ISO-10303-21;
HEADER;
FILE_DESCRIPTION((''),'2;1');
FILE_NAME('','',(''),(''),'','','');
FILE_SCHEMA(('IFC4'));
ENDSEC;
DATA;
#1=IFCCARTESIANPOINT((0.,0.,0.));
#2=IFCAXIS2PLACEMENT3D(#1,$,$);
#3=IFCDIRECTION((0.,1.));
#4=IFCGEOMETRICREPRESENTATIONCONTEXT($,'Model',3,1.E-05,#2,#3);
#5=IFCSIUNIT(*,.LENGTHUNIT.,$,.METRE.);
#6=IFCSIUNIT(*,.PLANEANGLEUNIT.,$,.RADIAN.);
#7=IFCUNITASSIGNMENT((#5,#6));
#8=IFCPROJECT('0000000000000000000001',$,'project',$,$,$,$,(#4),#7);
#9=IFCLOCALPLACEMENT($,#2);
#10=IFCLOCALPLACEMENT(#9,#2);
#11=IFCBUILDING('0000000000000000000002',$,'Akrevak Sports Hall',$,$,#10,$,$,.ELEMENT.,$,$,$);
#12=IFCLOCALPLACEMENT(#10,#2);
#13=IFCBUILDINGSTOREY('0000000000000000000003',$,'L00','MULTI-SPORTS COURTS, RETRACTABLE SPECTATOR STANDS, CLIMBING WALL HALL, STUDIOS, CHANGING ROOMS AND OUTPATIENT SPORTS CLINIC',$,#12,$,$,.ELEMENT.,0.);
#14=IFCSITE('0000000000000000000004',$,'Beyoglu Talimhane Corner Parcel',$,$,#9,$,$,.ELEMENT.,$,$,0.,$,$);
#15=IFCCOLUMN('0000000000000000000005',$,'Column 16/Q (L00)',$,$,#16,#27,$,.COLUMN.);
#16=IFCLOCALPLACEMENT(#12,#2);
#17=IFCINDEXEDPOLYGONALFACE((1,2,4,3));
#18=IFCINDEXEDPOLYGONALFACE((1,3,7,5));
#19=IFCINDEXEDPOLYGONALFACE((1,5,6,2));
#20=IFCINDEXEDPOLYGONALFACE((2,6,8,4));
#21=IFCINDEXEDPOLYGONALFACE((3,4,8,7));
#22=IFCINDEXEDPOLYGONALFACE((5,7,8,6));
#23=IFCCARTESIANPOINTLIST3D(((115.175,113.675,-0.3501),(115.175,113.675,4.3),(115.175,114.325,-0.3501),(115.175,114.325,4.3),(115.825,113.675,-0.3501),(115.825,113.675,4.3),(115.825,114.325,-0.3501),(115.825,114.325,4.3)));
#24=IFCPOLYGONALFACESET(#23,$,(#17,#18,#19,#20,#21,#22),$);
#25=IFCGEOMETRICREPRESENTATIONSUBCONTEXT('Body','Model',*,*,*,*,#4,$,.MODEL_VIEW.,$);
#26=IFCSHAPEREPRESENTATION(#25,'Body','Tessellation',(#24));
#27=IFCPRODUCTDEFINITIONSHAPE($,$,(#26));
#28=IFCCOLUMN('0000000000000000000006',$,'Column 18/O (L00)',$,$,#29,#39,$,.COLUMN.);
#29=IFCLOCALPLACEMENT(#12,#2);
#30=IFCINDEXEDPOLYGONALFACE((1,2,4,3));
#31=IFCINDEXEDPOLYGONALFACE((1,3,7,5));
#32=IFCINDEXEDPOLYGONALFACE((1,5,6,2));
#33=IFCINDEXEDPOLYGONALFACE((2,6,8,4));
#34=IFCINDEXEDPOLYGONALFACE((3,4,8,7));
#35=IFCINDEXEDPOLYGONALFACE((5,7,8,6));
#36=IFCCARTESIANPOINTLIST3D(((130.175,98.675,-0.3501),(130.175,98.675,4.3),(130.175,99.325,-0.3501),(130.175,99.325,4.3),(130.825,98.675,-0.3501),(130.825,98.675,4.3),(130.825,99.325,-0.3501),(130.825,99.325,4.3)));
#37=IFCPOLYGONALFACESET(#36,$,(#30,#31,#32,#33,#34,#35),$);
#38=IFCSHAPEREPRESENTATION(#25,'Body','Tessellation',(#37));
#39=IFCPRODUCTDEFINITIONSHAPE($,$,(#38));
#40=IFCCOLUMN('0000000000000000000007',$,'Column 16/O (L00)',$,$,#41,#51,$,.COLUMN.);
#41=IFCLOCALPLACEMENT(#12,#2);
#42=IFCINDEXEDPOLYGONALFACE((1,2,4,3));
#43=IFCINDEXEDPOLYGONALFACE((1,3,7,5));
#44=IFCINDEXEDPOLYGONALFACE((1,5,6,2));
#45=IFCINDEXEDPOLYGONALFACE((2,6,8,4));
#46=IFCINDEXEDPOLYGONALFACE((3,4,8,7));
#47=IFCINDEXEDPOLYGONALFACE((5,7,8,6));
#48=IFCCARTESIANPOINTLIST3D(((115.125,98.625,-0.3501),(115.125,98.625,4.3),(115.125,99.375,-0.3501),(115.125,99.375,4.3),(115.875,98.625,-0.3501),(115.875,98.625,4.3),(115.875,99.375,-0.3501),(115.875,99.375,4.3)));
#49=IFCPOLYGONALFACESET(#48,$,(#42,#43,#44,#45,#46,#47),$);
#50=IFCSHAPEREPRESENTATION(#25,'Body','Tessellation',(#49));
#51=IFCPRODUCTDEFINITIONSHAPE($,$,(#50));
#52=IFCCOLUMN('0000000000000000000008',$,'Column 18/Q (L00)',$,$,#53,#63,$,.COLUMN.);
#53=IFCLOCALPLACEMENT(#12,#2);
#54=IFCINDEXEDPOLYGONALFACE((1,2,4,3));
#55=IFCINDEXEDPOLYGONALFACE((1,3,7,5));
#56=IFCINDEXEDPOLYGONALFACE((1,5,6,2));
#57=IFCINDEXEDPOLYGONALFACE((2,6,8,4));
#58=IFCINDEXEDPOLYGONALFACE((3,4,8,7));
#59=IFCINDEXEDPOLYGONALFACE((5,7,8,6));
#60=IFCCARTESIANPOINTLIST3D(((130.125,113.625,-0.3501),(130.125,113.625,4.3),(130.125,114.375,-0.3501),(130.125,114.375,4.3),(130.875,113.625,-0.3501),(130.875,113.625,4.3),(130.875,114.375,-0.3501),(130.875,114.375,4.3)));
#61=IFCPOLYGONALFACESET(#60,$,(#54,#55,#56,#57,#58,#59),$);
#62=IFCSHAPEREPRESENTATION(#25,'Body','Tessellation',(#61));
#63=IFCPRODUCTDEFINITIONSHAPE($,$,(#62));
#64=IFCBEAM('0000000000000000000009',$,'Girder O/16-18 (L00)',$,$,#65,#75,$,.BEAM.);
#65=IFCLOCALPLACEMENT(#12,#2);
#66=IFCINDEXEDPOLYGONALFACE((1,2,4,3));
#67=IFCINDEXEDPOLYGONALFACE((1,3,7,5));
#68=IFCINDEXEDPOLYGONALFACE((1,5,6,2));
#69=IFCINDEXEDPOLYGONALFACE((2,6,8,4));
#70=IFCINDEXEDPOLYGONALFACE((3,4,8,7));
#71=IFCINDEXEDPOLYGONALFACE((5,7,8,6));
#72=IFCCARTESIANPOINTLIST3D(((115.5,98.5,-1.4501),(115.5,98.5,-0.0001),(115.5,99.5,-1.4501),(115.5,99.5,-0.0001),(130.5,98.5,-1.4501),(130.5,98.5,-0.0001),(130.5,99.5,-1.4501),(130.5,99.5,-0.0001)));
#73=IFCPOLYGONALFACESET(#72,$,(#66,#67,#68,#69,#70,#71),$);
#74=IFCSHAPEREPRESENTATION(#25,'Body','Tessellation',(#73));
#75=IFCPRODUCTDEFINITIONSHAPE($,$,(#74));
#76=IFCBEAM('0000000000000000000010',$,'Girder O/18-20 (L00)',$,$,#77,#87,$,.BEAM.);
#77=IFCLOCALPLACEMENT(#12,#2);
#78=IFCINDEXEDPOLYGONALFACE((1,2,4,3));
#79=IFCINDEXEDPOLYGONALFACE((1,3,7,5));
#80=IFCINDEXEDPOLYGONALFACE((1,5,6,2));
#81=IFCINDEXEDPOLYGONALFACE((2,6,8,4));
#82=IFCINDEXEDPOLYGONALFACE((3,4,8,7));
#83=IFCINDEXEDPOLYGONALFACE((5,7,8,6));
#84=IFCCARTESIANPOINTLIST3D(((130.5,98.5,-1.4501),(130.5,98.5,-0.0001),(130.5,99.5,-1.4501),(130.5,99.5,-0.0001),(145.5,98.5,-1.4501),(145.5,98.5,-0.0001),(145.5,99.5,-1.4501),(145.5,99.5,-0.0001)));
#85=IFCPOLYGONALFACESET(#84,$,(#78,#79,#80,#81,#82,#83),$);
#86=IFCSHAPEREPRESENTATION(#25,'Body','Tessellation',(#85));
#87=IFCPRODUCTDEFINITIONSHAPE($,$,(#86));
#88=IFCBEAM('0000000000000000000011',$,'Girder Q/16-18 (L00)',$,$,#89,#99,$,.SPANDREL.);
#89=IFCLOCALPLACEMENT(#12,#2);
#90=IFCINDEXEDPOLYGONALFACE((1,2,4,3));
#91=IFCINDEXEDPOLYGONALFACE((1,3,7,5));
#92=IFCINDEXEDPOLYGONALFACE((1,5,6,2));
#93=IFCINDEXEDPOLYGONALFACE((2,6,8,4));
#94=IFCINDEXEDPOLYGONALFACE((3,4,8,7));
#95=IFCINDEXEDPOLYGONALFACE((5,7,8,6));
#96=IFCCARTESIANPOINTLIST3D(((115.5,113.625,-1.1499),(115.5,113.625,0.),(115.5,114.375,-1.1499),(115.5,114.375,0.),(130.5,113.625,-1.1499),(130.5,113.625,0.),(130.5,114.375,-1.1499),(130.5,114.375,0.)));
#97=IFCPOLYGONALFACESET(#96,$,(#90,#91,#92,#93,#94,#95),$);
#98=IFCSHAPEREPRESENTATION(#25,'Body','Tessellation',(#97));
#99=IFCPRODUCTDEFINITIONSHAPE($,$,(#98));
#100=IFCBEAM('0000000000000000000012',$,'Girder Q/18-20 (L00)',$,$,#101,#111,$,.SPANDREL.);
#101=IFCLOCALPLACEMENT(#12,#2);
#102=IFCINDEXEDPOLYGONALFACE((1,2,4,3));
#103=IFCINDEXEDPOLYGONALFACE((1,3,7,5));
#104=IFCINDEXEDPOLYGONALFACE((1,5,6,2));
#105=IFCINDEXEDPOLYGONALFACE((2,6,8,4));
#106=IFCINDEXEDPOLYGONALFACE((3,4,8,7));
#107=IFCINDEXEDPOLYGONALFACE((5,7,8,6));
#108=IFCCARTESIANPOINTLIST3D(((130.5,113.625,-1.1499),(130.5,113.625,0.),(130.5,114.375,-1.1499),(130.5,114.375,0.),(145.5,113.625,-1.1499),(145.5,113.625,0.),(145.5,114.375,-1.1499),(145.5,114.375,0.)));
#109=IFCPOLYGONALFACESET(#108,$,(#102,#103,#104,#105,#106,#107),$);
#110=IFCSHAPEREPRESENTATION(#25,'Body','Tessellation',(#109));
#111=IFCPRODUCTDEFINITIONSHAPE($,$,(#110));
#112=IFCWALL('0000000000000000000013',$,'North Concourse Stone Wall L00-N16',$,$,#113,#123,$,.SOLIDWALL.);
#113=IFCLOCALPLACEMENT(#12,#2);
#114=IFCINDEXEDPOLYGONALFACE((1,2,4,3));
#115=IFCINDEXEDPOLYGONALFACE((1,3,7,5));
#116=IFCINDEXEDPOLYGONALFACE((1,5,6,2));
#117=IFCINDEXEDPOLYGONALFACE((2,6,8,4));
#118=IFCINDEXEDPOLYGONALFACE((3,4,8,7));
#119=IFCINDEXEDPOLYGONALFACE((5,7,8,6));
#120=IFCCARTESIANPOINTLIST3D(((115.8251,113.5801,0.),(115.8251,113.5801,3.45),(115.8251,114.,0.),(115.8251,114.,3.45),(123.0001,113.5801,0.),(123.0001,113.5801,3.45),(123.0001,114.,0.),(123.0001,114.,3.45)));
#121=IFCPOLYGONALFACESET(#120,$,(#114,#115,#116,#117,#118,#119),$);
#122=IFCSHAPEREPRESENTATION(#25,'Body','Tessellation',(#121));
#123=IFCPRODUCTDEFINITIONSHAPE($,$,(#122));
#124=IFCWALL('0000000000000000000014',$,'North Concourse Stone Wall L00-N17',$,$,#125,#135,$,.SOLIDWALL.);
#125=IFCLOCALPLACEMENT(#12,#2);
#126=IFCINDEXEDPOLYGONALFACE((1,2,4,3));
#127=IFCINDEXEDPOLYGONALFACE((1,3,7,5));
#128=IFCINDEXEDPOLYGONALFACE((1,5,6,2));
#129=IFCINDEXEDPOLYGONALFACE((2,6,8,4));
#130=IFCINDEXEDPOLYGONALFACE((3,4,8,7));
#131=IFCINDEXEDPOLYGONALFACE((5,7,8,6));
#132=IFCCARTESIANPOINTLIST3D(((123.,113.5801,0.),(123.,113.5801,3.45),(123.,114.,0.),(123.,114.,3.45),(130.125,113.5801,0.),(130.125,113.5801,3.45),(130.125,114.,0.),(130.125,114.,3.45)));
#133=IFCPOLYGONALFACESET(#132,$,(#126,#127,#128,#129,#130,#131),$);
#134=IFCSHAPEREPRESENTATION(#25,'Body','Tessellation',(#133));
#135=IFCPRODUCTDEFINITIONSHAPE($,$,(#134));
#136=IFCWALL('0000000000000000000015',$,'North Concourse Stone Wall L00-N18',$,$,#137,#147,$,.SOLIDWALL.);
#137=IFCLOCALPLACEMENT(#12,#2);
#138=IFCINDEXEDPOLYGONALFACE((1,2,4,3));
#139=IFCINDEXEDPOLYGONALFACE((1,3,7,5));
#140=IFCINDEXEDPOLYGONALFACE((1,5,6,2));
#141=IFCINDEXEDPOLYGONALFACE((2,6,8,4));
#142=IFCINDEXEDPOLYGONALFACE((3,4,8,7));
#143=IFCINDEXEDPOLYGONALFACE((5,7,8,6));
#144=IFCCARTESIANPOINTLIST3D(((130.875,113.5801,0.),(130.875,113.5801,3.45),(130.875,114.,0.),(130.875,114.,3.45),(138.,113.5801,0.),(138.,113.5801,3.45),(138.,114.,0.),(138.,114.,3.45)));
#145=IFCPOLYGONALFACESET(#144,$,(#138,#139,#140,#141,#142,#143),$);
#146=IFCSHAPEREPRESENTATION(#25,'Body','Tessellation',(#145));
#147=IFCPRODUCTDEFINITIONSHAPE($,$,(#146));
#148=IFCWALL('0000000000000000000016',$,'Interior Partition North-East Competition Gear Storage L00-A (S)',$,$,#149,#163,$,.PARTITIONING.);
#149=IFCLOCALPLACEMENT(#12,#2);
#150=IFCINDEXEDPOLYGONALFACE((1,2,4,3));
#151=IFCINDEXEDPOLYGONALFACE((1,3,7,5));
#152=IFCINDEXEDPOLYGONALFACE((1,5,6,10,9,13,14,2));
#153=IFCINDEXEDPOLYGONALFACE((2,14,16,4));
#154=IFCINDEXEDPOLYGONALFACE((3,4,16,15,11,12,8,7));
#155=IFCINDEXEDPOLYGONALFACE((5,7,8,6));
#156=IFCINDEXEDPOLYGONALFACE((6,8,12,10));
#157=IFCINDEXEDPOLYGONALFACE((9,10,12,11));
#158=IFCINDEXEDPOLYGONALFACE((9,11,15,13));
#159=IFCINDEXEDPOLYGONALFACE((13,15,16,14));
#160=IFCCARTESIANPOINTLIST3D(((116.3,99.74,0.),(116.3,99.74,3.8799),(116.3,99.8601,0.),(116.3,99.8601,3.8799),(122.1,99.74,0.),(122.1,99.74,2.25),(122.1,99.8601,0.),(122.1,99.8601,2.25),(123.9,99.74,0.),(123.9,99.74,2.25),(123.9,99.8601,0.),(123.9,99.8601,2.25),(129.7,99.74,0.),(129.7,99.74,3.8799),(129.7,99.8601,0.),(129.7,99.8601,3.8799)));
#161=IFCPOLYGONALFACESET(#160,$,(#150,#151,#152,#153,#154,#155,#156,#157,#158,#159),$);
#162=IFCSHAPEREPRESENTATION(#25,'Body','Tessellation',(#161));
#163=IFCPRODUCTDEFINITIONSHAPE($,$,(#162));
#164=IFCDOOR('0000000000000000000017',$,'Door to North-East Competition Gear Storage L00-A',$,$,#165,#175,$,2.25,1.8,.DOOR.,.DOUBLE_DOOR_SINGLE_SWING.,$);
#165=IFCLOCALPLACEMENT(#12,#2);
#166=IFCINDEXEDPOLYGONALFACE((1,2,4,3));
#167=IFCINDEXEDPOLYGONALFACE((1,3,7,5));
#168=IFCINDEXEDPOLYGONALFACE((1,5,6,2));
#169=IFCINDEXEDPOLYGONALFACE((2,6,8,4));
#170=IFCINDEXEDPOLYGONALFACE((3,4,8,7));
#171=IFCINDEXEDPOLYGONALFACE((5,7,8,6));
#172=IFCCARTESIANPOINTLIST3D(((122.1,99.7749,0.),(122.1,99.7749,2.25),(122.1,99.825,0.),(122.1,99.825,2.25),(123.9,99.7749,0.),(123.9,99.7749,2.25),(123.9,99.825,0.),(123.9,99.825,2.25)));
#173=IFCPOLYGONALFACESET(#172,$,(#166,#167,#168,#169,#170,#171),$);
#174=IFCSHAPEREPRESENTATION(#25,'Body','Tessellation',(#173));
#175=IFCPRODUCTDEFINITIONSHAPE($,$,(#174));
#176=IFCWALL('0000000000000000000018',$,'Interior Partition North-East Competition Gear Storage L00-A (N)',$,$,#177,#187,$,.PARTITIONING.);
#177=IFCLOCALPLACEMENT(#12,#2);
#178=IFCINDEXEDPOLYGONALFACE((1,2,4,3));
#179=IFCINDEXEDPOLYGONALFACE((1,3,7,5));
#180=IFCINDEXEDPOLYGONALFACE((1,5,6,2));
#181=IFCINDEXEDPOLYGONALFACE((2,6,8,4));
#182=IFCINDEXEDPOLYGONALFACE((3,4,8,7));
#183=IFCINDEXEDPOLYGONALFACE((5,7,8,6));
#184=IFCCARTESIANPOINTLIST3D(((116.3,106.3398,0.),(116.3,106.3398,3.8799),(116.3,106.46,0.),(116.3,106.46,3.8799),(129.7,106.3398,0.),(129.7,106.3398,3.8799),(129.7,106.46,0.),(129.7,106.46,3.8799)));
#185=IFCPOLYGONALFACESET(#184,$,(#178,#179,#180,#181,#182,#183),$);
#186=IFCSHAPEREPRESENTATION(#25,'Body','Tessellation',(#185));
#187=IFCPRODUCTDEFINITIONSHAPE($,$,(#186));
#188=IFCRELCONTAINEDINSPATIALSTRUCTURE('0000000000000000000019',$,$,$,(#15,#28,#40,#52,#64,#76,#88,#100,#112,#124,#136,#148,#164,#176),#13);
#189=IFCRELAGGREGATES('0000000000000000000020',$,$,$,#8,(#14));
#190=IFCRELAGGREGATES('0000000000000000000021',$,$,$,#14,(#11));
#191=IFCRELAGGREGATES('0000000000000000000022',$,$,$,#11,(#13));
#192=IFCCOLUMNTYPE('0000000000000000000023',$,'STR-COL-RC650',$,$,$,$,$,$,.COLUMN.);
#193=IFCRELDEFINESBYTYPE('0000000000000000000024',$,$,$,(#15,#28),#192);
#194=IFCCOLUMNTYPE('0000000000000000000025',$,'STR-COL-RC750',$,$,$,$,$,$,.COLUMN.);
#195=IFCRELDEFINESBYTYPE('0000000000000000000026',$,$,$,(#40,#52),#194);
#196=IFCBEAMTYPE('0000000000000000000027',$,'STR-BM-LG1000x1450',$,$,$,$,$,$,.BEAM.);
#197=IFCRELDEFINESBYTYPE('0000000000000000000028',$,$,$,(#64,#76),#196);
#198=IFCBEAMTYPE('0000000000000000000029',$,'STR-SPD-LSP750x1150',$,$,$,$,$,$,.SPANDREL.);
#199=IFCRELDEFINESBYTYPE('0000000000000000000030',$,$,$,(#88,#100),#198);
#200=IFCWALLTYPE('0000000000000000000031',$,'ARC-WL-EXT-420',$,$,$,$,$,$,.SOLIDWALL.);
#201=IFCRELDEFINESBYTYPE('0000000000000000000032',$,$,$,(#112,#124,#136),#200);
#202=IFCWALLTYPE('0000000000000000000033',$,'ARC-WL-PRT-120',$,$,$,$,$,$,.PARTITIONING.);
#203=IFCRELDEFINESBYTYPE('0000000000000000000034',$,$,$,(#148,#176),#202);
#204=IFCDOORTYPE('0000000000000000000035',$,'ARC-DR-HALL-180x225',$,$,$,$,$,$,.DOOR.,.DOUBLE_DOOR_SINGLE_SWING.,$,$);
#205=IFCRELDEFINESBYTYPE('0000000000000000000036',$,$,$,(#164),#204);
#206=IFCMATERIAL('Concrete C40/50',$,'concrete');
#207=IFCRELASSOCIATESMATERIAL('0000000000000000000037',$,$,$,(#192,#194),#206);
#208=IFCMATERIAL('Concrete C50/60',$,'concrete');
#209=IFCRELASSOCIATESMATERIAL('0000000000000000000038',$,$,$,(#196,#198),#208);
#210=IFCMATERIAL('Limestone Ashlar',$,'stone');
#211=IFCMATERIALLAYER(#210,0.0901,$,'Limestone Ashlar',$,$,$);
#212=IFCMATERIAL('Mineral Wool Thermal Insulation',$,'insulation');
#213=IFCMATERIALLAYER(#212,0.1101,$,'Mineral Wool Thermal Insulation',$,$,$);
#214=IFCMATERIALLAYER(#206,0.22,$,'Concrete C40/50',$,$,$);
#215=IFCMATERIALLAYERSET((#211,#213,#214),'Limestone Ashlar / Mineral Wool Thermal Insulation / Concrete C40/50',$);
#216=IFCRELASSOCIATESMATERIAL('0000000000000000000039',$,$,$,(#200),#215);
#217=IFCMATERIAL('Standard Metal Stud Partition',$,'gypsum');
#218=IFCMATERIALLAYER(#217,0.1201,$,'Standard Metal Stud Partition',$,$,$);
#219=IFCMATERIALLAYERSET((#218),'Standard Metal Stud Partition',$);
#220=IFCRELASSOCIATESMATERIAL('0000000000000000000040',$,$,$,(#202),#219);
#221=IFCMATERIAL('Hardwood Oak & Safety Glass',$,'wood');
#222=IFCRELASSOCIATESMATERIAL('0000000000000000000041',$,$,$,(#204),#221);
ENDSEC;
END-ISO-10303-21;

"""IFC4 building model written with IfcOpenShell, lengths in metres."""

from ifc_helpers import new_model, si_unit, direction, frame, frame_2d, origin, origin_2d, place, context, subcontext, project, spatial, rectangle, extrude, material, layer, layer_set, material_profile, profile_set, type_object, element, fill, save


model = new_model("IFC4")

# Units and contexts
model_context = context("Model", 3, precision=1e-05, world=origin(), true_north=direction((0.0, 1.0)))
body_context = subcontext(model_context, "Body", "Model", "MODEL_VIEW")
ifc_project = project(units=[si_unit("LENGTHUNIT", "METRE"), si_unit("PLANEANGLEUNIT", "RADIAN")], contexts=[model_context])

# Site, building, storey
site_placement = place(None, origin())
site = spatial("IfcSite", under=ifc_project, at=site_placement, Name="Beyoglu Talimhane Corner Parcel", CompositionType="ELEMENT", RefElevation=0.0)
building_placement = place(site_placement, origin())
building = spatial("IfcBuilding", under=site, at=building_placement, Name="Akrevak Sports Hall", CompositionType="ELEMENT")
storey_placement = place(building_placement, origin())
storey = spatial("IfcBuildingStorey", under=building, at=storey_placement, Name="L00", Description="MULTI-SPORTS COURTS, RETRACTABLE SPECTATOR STANDS, CLIMBING WALL HALL, STUDIOS, CHANGING ROOMS AND OUTPATIENT SPORTS CLINIC", CompositionType="ELEMENT", Elevation=0.0)

# Columns
ifc_material_1 = material(Name="Concrete C40/50", Category="concrete")
ifc_material_profile_1 = material_profile(ifc_material_1, rectangle(XDim=0.6499, YDim=0.6499, at=origin_2d()), Name="RC 650x650", Category="concrete")
ifc_profile_set_1 = profile_set([ifc_material_profile_1], Name="Concrete C40/50")
column_type_1 = type_object("IfcColumnType", Name="STR-COL-RC650", PredefinedType="COLUMN", material=ifc_profile_set_1)
for number, where, z_axis, x_axis, name in (
    (1, (115.5, 114.0, -0.3501), (0.0, 0.0, 1.0), (1.0, 0.0, 0.0), "Column 16/Q (L00)"),
    (2, (130.5, 99.0, -0.3501), (0.0, 0.0, 1.0), (1.0, 0.0, 0.0), "Column 18/O (L00)"),
):
    element("IfcColumn", number, at=place(storey_placement, frame(where, z_axis=z_axis, x_axis=x_axis)), inside=storey, type_object=column_type_1, Name=name, PredefinedType="COLUMN", context=body_context, shape_type="SweptSolid", body=[
        extrude(rectangle(XDim=0.6499, YDim=0.6499, at=origin_2d()), origin(), (0.0, 0.0, 1.0), 4.6501),
    ])
ifc_material_profile_2 = material_profile(ifc_material_1, rectangle(XDim=0.75, YDim=0.75, at=origin_2d()), Name="RC 750x750", Category="concrete")
ifc_profile_set_2 = profile_set([ifc_material_profile_2], Name="Concrete C40/50")
column_type_2 = type_object("IfcColumnType", Name="STR-COL-RC750", PredefinedType="COLUMN", material=ifc_profile_set_2)
for number, where, z_axis, x_axis, name in (
    (3, (115.5, 99.0, -0.3501), (0.0, 0.0, 1.0), (1.0, 0.0, 0.0), "Column 16/O (L00)"),
    (4, (130.5, 114.0, -0.3501), (0.0, 0.0, 1.0), (1.0, 0.0, 0.0), "Column 18/Q (L00)"),
):
    element("IfcColumn", number, at=place(storey_placement, frame(where, z_axis=z_axis, x_axis=x_axis)), inside=storey, type_object=column_type_2, Name=name, PredefinedType="COLUMN", context=body_context, shape_type="SweptSolid", body=[
        extrude(rectangle(XDim=0.75, YDim=0.75, at=origin_2d()), origin(), (0.0, 0.0, 1.0), 4.6501),
    ])

# Beams
ifc_material_2 = material(Name="Concrete C50/60", Category="concrete")
ifc_material_profile_3 = material_profile(ifc_material_2, rectangle(XDim=1.0, YDim=1.45, at=origin_2d()), Name="BM 1000x1450", Category="concrete")
ifc_profile_set_3 = profile_set([ifc_material_profile_3], Name="Concrete C50/60")
beam_type_1 = type_object("IfcBeamType", Name="STR-BM-LG1000x1450", PredefinedType="BEAM", material=ifc_profile_set_3)
for number, where, z_axis, x_axis, name in (
    (5, (115.5, 99.0, -0.7251), (1.0, 0.0, 0.0), (0.0, 1.0, 0.0), "Girder O/16-18 (L00)"),
    (6, (130.5, 99.0, -0.7251), (1.0, 0.0, 0.0), (0.0, 1.0, 0.0), "Girder O/18-20 (L00)"),
):
    element("IfcBeam", number, at=place(storey_placement, frame(where, z_axis=z_axis, x_axis=x_axis)), inside=storey, type_object=beam_type_1, Name=name, PredefinedType="BEAM", context=body_context, shape_type="SweptSolid", body=[
        extrude(rectangle(XDim=1.0, YDim=1.45, at=origin_2d()), origin(), (0.0, 0.0, 1.0), 15.0),
    ])
ifc_material_profile_4 = material_profile(ifc_material_2, rectangle(XDim=0.75, YDim=1.1499, at=origin_2d()), Name="SPD 750x1150", Category="concrete")
ifc_profile_set_4 = profile_set([ifc_material_profile_4], Name="Concrete C50/60")
beam_type_2 = type_object("IfcBeamType", Name="STR-SPD-LSP750x1150", PredefinedType="SPANDREL", material=ifc_profile_set_4)
for number, where, z_axis, x_axis, name in (
    (7, (115.5, 114.0, -0.575), (1.0, 0.0, 0.0), (0.0, 1.0, 0.0), "Girder Q/16-18 (L00)"),
    (8, (130.5, 114.0, -0.575), (1.0, 0.0, 0.0), (0.0, 1.0, 0.0), "Girder Q/18-20 (L00)"),
):
    element("IfcBeam", number, at=place(storey_placement, frame(where, z_axis=z_axis, x_axis=x_axis)), inside=storey, type_object=beam_type_2, Name=name, PredefinedType="SPANDREL", context=body_context, shape_type="SweptSolid", body=[
        extrude(rectangle(XDim=0.75, YDim=1.1499, at=origin_2d()), origin(), (0.0, 0.0, 1.0), 15.0),
    ])

# Walls
ifc_material_3 = material(Name="Limestone Ashlar", Category="stone")
ifc_layer_1 = layer(ifc_material_3, 0.0901, Name="Limestone Ashlar")
ifc_material_4 = material(Name="Mineral Wool Thermal Insulation", Category="insulation")
ifc_layer_2 = layer(ifc_material_4, 0.1101, Name="Mineral Wool Thermal Insulation")
ifc_layer_3 = layer(ifc_material_1, 0.22, Name="Concrete C40/50")
ifc_layer_set_1 = layer_set([ifc_layer_1, ifc_layer_2, ifc_layer_3], Name="Limestone Ashlar / Mineral Wool Thermal Insulation / Concrete C40/50")
wall_type_1 = type_object("IfcWallType", Name="ARC-WL-EXT-420", PredefinedType="SOLIDWALL", material=ifc_layer_set_1)
wall_1_placement = place(storey_placement, frame((123.0, 113.79, 0.0), z_axis=(0.0, 0.0, 1.0), x_axis=(-1.0, 0.0, 0.0)))
element("IfcWall", 9, at=wall_1_placement, inside=storey, type_object=wall_type_1, Name="North Concourse Stone Wall L00-N16", PredefinedType="SOLIDWALL", context=body_context, shape_type="SweptSolid", body=[
    extrude(rectangle(XDim=7.175, YDim=0.4199, at=frame_2d((3.5874, 0.0))), origin(), (0.0, 0.0, 1.0), 3.45),
])
for number, where, z_axis, x_axis, name in (
    (10, (130.125, 113.79, 0.0), (0.0, 0.0, 1.0), (-1.0, 0.0, 0.0), "North Concourse Stone Wall L00-N17"),
    (11, (138.0, 113.79, 0.0), (0.0, 0.0, 1.0), (-1.0, 0.0, 0.0), "North Concourse Stone Wall L00-N18"),
):
    element("IfcWall", number, at=place(storey_placement, frame(where, z_axis=z_axis, x_axis=x_axis)), inside=storey, type_object=wall_type_1, Name=name, PredefinedType="SOLIDWALL", context=body_context, shape_type="SweptSolid", body=[
        extrude(rectangle(XDim=7.125, YDim=0.4199, at=frame_2d((3.5625, 0.0))), origin(), (0.0, 0.0, 1.0), 3.45),
    ])

# Wall, opening, door
ifc_material_5 = material(Name="Standard Metal Stud Partition", Category="gypsum")
ifc_layer_4 = layer(ifc_material_5, 0.1201, Name="Standard Metal Stud Partition")
ifc_layer_set_2 = layer_set([ifc_layer_4], Name="Standard Metal Stud Partition")
wall_type_2 = type_object("IfcWallType", Name="ARC-WL-PRT-120", PredefinedType="PARTITIONING", material=ifc_layer_set_2)
wall_2_placement = place(storey_placement, frame((116.3, 99.8, 0.0), z_axis=(0.0, 0.0, 1.0), x_axis=(1.0, 0.0, 0.0)))
wall_2 = element("IfcWall", 12, at=wall_2_placement, inside=storey, type_object=wall_type_2, Name="Interior Partition North-East Competition Gear Storage L00-A (S)", PredefinedType="PARTITIONING", context=body_context, shape_type="SweptSolid", body=[
    extrude(rectangle(XDim=13.3999, YDim=0.1201, at=frame_2d((6.7, 0.0))), origin(), (0.0, 0.0, 1.0), 3.8799),
])
opening_1_placement = place(wall_2_placement, frame((5.8, 0.0, 0.0)))
opening_1 = element("IfcOpeningElement", 13, at=opening_1_placement, cuts=wall_2, PredefinedType="OPENING", context=body_context, shape_type="SweptSolid", body=[
    extrude(rectangle(XDim=1.8, YDim=2.25, at=frame_2d((0.8999, 1.125))), frame((0.0, 0.072, 0.0), z_axis=(0.0, -1.0, 0.0), x_axis=(1.0, 0.0, 0.0)), (0.0, 0.0, 1.0), 0.144),
])
ifc_material_6 = material(Name="Hardwood Oak & Safety Glass", Category="wood")
door_type = type_object("IfcDoorType", Name="ARC-DR-HALL-180x225", OperationType="DOUBLE_DOOR_SINGLE_SWING", PredefinedType="DOOR", material=ifc_material_6)
door_1_placement = place(opening_1_placement, origin())
door_1 = element("IfcDoor", 14, at=door_1_placement, inside=storey, type_object=door_type, Name="Door to North-East Competition Gear Storage L00-A", OperationType="DOUBLE_DOOR_SINGLE_SWING", OverallHeight=2.25, OverallWidth=1.8, PredefinedType="DOOR", context=body_context, shape_type="SweptSolid", body=[
    extrude(rectangle(XDim=1.8, YDim=2.25, at=frame_2d((0.8999, 1.125))), frame((0.0, 0.0249, 0.0), z_axis=(0.0, -1.0, 0.0), x_axis=(1.0, 0.0, 0.0)), (0.0, 0.0, 1.0), 0.05),
])
fill(opening_1, door_1)

# Wall
wall_3_placement = place(storey_placement, frame((116.3, 106.3999, 0.0), z_axis=(0.0, 0.0, 1.0), x_axis=(1.0, 0.0, 0.0)))
element("IfcWall", 15, at=wall_3_placement, inside=storey, type_object=wall_type_2, Name="Interior Partition North-East Competition Gear Storage L00-A (N)", PredefinedType="PARTITIONING", context=body_context, shape_type="SweptSolid", body=[
    extrude(rectangle(XDim=13.3999, YDim=0.1201, at=frame_2d((6.7, 0.0))), origin(), (0.0, 0.0, 1.0), 3.8799),
])

save(model, "model.ifc")
